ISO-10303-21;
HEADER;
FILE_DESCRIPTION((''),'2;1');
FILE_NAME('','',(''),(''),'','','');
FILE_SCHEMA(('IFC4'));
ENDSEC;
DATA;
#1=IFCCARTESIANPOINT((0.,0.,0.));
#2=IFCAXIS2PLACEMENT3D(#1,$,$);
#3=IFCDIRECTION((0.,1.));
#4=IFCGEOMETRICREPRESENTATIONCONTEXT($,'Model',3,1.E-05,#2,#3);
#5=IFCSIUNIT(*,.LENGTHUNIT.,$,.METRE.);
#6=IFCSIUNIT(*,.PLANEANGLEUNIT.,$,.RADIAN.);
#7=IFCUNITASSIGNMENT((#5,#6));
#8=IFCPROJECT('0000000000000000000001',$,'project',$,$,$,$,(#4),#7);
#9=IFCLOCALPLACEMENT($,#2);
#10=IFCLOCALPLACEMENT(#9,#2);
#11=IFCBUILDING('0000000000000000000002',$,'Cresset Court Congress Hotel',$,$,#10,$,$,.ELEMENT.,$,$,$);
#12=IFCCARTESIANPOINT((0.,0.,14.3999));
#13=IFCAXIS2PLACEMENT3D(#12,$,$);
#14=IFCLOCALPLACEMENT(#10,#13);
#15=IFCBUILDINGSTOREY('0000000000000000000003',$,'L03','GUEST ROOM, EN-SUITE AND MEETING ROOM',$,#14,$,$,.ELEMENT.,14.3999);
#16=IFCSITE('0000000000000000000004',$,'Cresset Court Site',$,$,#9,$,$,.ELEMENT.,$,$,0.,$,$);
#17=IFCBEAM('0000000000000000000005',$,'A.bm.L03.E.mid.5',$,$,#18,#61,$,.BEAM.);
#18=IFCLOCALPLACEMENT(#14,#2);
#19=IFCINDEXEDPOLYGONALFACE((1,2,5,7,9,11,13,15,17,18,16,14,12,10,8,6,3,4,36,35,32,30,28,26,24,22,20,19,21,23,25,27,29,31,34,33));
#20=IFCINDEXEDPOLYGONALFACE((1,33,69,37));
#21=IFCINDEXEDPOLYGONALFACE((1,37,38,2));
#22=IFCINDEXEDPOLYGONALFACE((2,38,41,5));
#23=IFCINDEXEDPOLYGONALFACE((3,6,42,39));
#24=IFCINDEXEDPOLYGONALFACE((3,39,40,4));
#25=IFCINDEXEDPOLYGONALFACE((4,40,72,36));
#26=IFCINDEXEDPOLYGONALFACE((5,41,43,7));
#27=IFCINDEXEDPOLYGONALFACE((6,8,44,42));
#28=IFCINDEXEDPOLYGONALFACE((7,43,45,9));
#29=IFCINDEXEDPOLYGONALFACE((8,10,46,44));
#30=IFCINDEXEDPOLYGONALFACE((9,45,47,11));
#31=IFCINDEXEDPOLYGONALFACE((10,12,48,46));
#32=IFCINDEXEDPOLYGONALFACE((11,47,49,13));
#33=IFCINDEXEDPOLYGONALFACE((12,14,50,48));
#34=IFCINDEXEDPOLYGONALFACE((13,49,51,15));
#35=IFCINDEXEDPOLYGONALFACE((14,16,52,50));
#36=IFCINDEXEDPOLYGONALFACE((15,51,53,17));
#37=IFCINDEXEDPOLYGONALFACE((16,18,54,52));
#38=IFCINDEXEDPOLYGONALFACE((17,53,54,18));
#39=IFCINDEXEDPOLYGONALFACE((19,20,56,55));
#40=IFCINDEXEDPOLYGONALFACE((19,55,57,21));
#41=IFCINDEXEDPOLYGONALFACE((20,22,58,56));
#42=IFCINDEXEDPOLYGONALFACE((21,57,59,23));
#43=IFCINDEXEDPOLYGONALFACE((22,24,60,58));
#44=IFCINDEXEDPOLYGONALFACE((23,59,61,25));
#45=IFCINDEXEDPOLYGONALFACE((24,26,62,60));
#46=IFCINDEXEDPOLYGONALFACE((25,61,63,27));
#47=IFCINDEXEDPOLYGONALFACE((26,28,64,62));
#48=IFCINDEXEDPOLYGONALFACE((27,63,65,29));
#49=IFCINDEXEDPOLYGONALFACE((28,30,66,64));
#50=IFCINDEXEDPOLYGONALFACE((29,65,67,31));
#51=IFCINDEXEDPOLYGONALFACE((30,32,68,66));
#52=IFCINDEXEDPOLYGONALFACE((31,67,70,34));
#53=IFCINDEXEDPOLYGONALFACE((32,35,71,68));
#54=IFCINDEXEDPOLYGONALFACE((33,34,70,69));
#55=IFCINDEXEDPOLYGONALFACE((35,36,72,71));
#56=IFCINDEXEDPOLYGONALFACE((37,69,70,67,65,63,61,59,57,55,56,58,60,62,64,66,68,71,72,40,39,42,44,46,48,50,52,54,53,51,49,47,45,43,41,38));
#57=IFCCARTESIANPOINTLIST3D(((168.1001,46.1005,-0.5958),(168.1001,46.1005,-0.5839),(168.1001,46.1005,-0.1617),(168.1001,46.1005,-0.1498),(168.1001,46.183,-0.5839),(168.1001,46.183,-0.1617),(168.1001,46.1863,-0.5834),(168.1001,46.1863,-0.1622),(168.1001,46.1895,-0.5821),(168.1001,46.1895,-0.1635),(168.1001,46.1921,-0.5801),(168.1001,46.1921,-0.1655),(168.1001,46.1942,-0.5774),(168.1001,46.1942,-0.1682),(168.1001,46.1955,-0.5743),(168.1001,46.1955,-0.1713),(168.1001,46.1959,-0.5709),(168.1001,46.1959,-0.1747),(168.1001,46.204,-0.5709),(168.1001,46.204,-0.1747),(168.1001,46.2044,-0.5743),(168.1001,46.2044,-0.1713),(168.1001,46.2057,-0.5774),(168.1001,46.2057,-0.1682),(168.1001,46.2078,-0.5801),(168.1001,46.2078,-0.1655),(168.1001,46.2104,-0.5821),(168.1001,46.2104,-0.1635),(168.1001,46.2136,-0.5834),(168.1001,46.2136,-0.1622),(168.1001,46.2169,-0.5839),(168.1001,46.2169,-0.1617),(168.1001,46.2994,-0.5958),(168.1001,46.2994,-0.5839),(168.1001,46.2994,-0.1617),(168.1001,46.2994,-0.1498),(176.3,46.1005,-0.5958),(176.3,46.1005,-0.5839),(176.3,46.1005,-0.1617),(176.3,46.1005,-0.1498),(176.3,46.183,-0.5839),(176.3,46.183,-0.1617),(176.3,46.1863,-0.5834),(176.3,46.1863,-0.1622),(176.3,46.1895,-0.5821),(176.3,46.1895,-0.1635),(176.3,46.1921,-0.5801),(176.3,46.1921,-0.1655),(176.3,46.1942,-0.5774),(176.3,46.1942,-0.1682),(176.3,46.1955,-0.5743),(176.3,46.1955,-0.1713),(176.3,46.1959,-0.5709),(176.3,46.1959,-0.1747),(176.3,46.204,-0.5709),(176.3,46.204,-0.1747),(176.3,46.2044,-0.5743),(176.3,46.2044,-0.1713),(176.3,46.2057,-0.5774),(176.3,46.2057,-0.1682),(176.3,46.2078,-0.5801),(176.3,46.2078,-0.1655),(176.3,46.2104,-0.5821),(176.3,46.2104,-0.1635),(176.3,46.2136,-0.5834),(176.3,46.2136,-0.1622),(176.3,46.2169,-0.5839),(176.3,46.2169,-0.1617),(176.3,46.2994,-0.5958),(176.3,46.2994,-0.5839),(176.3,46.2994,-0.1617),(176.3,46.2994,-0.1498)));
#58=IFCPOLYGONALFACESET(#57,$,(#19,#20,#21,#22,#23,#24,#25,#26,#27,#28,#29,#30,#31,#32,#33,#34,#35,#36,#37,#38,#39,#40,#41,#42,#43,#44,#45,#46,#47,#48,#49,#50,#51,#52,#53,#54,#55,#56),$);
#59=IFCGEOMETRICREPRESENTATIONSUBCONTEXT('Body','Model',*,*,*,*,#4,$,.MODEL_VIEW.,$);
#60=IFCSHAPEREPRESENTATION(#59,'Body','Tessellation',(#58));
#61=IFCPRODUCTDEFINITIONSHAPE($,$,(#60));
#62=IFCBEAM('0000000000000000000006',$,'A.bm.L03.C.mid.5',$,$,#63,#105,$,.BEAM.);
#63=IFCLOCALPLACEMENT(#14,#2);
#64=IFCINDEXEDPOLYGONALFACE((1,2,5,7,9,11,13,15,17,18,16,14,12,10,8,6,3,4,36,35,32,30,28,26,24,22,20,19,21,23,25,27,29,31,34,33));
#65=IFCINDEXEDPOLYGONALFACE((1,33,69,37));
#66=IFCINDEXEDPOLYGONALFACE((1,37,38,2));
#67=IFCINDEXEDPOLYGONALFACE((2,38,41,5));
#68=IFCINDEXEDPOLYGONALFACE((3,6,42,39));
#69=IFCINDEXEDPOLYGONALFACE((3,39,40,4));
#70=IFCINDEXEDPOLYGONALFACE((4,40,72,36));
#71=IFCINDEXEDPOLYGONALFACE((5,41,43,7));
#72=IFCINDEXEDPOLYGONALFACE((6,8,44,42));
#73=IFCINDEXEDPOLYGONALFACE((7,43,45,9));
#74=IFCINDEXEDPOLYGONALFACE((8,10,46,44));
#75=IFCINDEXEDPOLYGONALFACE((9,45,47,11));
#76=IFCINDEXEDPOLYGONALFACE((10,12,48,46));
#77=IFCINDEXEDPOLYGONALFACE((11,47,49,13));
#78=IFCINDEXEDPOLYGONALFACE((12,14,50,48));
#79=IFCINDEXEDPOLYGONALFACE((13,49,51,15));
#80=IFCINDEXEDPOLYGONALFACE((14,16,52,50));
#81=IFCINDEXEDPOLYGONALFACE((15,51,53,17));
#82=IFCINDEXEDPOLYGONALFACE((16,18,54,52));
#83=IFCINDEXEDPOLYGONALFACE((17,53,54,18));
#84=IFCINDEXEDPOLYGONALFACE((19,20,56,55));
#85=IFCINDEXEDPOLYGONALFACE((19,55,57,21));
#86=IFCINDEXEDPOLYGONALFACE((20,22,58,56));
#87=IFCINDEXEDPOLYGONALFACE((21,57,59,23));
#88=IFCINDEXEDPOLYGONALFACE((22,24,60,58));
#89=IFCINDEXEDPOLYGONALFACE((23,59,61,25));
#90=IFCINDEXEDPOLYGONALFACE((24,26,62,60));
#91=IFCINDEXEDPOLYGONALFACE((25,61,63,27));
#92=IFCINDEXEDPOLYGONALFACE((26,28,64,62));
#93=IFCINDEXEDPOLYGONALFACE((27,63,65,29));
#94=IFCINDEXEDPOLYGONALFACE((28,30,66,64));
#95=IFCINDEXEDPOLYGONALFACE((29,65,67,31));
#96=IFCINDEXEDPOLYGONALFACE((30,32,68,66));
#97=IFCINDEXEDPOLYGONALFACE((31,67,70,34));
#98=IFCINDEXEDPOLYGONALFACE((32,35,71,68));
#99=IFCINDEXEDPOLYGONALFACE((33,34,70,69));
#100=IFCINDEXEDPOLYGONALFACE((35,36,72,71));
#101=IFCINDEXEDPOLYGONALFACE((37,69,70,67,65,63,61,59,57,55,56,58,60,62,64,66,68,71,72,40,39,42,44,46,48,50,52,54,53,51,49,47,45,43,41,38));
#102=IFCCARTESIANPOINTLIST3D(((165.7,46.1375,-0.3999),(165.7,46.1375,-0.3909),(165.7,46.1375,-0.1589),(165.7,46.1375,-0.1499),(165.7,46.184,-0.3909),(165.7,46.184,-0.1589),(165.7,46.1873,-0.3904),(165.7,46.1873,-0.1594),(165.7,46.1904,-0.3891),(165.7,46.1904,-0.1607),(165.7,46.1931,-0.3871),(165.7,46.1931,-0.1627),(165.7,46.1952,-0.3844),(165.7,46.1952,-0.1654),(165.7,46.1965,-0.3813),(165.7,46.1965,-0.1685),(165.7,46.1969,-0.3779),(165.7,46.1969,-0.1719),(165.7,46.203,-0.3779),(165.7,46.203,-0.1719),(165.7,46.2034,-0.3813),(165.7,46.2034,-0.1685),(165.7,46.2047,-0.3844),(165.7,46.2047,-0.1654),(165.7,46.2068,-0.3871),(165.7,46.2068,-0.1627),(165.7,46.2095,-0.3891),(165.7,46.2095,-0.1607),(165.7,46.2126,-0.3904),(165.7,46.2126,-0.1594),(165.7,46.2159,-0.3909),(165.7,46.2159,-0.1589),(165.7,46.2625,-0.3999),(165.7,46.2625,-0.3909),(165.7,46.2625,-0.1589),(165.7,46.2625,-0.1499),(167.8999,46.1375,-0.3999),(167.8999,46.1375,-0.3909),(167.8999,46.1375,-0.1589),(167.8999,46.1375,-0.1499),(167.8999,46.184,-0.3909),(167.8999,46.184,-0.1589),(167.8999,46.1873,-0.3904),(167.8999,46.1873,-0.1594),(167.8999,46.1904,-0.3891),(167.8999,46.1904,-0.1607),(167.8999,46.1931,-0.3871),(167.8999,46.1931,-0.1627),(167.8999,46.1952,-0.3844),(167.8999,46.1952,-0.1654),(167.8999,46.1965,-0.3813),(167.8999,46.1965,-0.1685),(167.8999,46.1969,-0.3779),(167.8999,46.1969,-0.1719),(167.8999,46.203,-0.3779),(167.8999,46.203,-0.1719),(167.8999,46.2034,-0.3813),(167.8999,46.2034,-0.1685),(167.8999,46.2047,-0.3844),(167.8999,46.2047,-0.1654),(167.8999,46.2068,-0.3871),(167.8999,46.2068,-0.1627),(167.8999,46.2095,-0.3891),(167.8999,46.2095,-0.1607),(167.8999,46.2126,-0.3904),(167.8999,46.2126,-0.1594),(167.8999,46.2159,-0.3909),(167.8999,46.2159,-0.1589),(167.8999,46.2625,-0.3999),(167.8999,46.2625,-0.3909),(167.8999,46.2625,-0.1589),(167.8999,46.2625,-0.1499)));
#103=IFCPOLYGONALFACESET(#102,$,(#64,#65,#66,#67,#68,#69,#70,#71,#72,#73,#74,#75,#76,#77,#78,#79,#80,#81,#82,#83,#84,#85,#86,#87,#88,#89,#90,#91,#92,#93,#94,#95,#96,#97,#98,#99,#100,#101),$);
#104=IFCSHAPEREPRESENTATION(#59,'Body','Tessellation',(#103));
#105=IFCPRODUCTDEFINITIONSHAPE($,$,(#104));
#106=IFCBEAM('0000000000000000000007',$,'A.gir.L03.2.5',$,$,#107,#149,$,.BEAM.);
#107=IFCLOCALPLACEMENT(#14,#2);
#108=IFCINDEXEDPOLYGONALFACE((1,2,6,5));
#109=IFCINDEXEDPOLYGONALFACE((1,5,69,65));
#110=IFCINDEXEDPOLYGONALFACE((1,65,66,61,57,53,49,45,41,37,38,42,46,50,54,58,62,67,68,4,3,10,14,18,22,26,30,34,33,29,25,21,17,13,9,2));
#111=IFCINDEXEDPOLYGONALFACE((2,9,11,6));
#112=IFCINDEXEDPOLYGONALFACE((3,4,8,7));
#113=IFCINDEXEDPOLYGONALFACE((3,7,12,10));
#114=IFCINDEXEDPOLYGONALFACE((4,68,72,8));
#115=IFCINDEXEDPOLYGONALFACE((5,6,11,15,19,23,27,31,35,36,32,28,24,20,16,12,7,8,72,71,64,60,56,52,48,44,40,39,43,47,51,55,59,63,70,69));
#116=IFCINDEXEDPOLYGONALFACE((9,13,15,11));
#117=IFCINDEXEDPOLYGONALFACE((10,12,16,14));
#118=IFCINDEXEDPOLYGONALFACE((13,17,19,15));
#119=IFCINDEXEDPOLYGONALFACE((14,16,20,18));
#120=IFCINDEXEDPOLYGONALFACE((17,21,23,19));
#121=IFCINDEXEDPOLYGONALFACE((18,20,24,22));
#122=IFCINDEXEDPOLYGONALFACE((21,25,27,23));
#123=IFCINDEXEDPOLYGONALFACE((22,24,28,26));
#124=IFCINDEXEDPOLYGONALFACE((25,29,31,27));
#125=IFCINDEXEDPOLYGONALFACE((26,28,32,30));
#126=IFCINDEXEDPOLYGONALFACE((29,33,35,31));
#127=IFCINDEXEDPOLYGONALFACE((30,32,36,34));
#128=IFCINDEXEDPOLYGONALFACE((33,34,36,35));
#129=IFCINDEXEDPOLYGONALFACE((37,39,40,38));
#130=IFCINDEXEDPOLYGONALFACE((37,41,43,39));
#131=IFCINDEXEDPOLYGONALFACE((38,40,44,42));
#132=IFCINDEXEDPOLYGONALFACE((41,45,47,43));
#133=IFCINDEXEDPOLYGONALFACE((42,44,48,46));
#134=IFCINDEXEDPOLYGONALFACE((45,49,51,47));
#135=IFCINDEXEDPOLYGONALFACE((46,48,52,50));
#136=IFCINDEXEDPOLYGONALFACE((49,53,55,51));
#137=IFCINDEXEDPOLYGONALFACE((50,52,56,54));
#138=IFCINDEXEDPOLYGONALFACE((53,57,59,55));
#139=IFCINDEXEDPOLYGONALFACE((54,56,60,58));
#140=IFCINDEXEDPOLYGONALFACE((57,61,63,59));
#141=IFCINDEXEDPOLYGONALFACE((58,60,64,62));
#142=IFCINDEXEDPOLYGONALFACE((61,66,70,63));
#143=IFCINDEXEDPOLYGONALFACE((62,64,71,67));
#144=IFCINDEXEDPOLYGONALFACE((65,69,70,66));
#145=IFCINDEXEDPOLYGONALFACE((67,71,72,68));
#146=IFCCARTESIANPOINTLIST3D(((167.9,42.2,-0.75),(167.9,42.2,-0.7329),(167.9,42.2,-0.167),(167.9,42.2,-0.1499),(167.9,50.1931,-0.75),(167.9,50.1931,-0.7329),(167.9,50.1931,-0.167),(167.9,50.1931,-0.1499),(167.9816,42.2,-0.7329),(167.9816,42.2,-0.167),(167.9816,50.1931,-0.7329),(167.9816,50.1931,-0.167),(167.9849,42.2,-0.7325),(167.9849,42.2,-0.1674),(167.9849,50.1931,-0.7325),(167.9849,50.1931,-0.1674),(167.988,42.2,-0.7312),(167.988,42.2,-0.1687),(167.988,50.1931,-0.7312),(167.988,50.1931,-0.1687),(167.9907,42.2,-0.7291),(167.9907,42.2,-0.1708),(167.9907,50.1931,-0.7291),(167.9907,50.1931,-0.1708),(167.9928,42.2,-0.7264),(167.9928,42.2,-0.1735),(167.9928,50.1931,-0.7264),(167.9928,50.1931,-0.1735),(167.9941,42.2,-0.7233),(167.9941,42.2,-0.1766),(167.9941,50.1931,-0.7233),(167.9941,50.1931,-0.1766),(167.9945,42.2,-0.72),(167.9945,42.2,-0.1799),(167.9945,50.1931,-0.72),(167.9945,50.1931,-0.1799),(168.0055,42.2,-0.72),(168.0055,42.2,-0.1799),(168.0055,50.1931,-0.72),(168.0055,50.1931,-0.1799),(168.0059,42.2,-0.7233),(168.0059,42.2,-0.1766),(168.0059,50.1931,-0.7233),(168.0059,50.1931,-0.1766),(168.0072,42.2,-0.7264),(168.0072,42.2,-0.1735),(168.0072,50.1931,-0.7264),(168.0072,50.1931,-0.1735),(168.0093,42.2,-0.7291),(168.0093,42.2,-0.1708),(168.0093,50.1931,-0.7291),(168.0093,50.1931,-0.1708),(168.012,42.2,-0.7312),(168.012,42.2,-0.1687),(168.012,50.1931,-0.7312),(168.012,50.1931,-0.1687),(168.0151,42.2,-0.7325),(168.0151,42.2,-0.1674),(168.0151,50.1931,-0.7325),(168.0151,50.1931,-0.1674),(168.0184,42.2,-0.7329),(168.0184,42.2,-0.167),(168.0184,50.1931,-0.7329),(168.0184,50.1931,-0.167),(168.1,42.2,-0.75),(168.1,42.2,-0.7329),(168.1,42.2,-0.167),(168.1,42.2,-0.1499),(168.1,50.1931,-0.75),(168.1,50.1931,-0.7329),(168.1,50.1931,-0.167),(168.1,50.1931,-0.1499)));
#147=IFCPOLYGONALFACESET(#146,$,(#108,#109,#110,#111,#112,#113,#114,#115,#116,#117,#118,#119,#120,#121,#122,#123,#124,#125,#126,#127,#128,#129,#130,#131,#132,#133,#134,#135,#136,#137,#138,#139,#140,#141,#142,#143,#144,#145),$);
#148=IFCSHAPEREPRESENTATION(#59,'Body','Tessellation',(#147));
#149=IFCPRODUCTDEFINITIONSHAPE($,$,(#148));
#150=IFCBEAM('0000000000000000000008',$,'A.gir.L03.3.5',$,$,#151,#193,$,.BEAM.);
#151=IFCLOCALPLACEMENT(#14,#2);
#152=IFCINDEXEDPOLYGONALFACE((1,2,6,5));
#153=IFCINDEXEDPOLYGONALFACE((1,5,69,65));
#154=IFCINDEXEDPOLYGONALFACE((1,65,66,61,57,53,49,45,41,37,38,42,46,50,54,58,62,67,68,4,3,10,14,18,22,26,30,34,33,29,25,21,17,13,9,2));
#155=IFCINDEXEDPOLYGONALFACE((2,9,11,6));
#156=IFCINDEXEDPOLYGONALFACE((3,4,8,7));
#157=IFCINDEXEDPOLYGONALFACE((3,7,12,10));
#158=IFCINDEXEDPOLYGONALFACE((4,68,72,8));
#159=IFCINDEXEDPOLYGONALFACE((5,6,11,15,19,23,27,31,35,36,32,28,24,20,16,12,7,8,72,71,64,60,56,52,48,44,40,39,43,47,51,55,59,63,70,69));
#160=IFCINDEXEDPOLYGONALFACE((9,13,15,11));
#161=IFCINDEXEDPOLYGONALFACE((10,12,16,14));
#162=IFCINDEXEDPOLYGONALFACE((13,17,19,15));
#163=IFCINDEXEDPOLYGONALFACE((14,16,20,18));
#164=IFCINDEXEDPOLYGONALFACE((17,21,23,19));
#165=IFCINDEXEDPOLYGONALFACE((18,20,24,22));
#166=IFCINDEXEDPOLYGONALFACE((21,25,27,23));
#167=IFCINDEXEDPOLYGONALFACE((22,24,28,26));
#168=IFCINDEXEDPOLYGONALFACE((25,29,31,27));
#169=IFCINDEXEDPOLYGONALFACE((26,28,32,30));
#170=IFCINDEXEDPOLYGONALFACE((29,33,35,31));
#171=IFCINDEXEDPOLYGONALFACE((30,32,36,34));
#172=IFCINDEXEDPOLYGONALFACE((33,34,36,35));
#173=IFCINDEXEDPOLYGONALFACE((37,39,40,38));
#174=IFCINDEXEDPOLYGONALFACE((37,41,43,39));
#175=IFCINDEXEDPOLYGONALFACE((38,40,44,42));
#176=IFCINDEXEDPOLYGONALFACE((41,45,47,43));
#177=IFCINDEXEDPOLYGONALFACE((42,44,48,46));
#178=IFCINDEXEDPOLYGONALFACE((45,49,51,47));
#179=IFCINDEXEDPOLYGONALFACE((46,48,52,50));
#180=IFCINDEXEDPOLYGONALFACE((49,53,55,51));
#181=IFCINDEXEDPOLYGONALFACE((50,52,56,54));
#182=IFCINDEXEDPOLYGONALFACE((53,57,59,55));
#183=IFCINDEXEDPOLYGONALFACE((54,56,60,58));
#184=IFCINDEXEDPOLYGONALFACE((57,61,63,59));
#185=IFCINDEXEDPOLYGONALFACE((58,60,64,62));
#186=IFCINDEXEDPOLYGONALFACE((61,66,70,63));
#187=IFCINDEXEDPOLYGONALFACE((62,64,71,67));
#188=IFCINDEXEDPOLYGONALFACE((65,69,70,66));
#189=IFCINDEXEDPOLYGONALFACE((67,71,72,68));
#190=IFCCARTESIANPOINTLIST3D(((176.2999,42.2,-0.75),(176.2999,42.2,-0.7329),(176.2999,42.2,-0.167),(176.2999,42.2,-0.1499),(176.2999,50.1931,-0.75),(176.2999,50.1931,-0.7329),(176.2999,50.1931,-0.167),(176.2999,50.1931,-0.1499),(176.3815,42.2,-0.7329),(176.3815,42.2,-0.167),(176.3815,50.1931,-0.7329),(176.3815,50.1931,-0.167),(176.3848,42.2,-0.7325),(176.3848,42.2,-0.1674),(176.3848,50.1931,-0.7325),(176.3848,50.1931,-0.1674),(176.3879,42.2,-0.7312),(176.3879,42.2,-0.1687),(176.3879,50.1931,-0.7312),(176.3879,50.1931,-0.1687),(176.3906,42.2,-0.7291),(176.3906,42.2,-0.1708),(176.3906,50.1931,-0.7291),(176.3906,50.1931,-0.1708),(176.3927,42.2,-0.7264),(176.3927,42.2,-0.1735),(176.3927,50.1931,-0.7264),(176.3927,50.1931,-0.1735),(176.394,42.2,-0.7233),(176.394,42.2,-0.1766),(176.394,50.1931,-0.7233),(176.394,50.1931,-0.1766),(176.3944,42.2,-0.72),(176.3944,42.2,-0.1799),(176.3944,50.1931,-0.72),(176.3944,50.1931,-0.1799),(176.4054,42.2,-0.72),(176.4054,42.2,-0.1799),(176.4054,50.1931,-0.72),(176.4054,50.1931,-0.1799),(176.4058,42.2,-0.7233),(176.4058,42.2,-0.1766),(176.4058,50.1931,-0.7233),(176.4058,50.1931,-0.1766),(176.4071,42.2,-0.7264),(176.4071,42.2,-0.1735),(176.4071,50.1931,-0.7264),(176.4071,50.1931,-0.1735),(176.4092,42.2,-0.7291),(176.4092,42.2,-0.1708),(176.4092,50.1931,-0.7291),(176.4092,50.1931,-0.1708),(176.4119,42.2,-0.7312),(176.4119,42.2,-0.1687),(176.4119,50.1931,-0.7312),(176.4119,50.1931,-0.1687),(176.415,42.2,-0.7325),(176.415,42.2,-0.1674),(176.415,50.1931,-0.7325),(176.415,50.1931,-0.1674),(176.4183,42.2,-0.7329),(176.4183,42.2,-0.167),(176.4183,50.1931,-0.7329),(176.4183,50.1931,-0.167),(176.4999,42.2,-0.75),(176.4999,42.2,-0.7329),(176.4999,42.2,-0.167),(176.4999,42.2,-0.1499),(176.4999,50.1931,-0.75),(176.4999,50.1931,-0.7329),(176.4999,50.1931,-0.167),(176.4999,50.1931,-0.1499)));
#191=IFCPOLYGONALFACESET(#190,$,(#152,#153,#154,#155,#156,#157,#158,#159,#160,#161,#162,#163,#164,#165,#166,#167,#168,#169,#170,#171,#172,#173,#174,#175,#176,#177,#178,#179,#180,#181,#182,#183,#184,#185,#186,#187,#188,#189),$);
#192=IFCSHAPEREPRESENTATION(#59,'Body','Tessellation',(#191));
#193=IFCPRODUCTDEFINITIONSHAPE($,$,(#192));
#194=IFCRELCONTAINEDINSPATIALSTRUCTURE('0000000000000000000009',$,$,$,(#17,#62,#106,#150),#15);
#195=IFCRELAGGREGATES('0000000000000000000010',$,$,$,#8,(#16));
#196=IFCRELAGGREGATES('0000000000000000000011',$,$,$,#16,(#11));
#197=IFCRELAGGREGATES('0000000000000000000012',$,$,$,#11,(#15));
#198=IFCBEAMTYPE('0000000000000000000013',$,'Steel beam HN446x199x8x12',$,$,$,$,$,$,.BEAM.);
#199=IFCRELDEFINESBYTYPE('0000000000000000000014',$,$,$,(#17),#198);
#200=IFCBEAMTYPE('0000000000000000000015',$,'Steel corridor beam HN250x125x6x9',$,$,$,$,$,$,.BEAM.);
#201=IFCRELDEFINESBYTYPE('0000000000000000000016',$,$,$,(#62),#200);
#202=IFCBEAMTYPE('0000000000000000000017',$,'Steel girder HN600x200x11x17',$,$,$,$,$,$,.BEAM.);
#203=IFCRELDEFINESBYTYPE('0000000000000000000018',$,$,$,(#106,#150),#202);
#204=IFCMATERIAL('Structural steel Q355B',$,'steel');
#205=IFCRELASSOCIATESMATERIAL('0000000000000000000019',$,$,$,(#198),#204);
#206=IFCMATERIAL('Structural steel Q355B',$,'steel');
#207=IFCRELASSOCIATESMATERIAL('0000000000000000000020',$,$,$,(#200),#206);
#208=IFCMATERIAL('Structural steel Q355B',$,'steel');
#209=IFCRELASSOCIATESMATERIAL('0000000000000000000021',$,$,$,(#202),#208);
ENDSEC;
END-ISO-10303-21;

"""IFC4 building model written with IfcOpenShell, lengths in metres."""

from ifc_helpers import new_model, si_unit, direction, frame, origin, origin_2d, place, context, subcontext, project, spatial, i_section, extrude, material, material_profile, profile_set, type_object, element, save


model = new_model("IFC4")

# Units and contexts
model_context = context("Model", 3, precision=1e-05, world=origin(), true_north=direction((0.0, 1.0)))
body_context = subcontext(model_context, "Body", "Model", "MODEL_VIEW")
ifc_project = project(units=[si_unit("LENGTHUNIT", "METRE"), si_unit("PLANEANGLEUNIT", "RADIAN")], contexts=[model_context])

# Site, building, storey
site_placement = place(None, origin())
site = spatial("IfcSite", under=ifc_project, at=site_placement, Name="Cresset Court Site", CompositionType="ELEMENT", RefElevation=0.0)
building_placement = place(site_placement, origin())
building = spatial("IfcBuilding", under=site, at=building_placement, Name="Cresset Court Congress Hotel", CompositionType="ELEMENT")
storey_placement = place(building_placement, frame((0.0, 0.0, 14.3999)))
storey = spatial("IfcBuildingStorey", under=building, at=storey_placement, Name="L03", Description="GUEST ROOM, EN-SUITE AND MEETING ROOM", CompositionType="ELEMENT", Elevation=14.3999)

# Beams
ifc_material_1 = material(Name="Structural steel Q355B", Category="steel")
ifc_material_profile_1 = material_profile(ifc_material_1, i_section(OverallWidth=0.199, OverallDepth=0.446, WebThickness=0.0081, FlangeThickness=0.012, FilletRadius=0.0129, at=origin_2d()), Name="HN446x199x8x12")
ifc_profile_set_1 = profile_set([ifc_material_profile_1], Name="Structural steel Q355B")
beam_type_1 = type_object("IfcBeamType", Name="Steel beam HN446x199x8x12", PredefinedType="BEAM", material=ifc_profile_set_1)
beam_1_placement = place(storey_placement, frame((168.1001, 46.2, -0.3728), z_axis=(1.0, 0.0, 0.0), x_axis=(0.0, 1.0, 0.0)))
element("IfcBeam", 1, at=beam_1_placement, inside=storey, type_object=beam_type_1, Name="A.bm.L03.E.mid.5", PredefinedType="BEAM", context=body_context, shape_type="SweptSolid", body=[
    extrude(i_section(OverallWidth=0.199, OverallDepth=0.446, WebThickness=0.0081, FlangeThickness=0.012, FilletRadius=0.0129, at=origin_2d()), origin(), (0.0, 0.0, 1.0), 8.2),
])
ifc_material_2 = material(Name="Structural steel Q355B", Category="steel")
ifc_material_profile_2 = material_profile(ifc_material_2, i_section(OverallWidth=0.125, OverallDepth=0.25, WebThickness=0.0061, FlangeThickness=0.009, FilletRadius=0.0129, at=origin_2d()), Name="HN250x125x6x9")
ifc_profile_set_2 = profile_set([ifc_material_profile_2], Name="Structural steel Q355B")
beam_type_2 = type_object("IfcBeamType", Name="Steel corridor beam HN250x125x6x9", PredefinedType="BEAM", material=ifc_profile_set_2)
beam_2_placement = place(storey_placement, frame((165.7, 46.2, -0.2749), z_axis=(1.0, 0.0, 0.0), x_axis=(0.0, 1.0, 0.0)))
element("IfcBeam", 2, at=beam_2_placement, inside=storey, type_object=beam_type_2, Name="A.bm.L03.C.mid.5", PredefinedType="BEAM", context=body_context, shape_type="SweptSolid", body=[
    extrude(i_section(OverallWidth=0.125, OverallDepth=0.25, WebThickness=0.0061, FlangeThickness=0.009, FilletRadius=0.0129, at=origin_2d()), origin(), (0.0, 0.0, 1.0), 2.2),
])
ifc_material_3 = material(Name="Structural steel Q355B", Category="steel")
ifc_material_profile_3 = material_profile(ifc_material_3, i_section(OverallWidth=0.2, OverallDepth=0.6001, WebThickness=0.011, FlangeThickness=0.0171, FilletRadius=0.0129, at=origin_2d()), Name="HN600x200x11x17")
ifc_profile_set_3 = profile_set([ifc_material_profile_3], Name="Structural steel Q355B")
beam_type_3 = type_object("IfcBeamType", Name="Steel girder HN600x200x11x17", PredefinedType="BEAM", material=ifc_profile_set_3)
for number, where, z_axis, x_axis, name in (
    (3, (168.0, 42.2, -0.45), (0.0, 1.0, 0.0), (-1.0, 0.0, 0.0), "A.gir.L03.2.5"),
    (4, (176.3999, 42.2, -0.45), (0.0, 1.0, 0.0), (-1.0, 0.0, 0.0), "A.gir.L03.3.5"),
):
    element("IfcBeam", number, at=place(storey_placement, frame(where, z_axis=z_axis, x_axis=x_axis)), inside=storey, type_object=beam_type_3, Name=name, PredefinedType="BEAM", context=body_context, shape_type="SweptSolid", body=[
        extrude(i_section(OverallWidth=0.2, OverallDepth=0.6001, WebThickness=0.011, FlangeThickness=0.0171, FilletRadius=0.0129, at=origin_2d()), origin(), (0.0, 0.0, 1.0), 7.9932),
    ])

save(model, "model.ifc")
